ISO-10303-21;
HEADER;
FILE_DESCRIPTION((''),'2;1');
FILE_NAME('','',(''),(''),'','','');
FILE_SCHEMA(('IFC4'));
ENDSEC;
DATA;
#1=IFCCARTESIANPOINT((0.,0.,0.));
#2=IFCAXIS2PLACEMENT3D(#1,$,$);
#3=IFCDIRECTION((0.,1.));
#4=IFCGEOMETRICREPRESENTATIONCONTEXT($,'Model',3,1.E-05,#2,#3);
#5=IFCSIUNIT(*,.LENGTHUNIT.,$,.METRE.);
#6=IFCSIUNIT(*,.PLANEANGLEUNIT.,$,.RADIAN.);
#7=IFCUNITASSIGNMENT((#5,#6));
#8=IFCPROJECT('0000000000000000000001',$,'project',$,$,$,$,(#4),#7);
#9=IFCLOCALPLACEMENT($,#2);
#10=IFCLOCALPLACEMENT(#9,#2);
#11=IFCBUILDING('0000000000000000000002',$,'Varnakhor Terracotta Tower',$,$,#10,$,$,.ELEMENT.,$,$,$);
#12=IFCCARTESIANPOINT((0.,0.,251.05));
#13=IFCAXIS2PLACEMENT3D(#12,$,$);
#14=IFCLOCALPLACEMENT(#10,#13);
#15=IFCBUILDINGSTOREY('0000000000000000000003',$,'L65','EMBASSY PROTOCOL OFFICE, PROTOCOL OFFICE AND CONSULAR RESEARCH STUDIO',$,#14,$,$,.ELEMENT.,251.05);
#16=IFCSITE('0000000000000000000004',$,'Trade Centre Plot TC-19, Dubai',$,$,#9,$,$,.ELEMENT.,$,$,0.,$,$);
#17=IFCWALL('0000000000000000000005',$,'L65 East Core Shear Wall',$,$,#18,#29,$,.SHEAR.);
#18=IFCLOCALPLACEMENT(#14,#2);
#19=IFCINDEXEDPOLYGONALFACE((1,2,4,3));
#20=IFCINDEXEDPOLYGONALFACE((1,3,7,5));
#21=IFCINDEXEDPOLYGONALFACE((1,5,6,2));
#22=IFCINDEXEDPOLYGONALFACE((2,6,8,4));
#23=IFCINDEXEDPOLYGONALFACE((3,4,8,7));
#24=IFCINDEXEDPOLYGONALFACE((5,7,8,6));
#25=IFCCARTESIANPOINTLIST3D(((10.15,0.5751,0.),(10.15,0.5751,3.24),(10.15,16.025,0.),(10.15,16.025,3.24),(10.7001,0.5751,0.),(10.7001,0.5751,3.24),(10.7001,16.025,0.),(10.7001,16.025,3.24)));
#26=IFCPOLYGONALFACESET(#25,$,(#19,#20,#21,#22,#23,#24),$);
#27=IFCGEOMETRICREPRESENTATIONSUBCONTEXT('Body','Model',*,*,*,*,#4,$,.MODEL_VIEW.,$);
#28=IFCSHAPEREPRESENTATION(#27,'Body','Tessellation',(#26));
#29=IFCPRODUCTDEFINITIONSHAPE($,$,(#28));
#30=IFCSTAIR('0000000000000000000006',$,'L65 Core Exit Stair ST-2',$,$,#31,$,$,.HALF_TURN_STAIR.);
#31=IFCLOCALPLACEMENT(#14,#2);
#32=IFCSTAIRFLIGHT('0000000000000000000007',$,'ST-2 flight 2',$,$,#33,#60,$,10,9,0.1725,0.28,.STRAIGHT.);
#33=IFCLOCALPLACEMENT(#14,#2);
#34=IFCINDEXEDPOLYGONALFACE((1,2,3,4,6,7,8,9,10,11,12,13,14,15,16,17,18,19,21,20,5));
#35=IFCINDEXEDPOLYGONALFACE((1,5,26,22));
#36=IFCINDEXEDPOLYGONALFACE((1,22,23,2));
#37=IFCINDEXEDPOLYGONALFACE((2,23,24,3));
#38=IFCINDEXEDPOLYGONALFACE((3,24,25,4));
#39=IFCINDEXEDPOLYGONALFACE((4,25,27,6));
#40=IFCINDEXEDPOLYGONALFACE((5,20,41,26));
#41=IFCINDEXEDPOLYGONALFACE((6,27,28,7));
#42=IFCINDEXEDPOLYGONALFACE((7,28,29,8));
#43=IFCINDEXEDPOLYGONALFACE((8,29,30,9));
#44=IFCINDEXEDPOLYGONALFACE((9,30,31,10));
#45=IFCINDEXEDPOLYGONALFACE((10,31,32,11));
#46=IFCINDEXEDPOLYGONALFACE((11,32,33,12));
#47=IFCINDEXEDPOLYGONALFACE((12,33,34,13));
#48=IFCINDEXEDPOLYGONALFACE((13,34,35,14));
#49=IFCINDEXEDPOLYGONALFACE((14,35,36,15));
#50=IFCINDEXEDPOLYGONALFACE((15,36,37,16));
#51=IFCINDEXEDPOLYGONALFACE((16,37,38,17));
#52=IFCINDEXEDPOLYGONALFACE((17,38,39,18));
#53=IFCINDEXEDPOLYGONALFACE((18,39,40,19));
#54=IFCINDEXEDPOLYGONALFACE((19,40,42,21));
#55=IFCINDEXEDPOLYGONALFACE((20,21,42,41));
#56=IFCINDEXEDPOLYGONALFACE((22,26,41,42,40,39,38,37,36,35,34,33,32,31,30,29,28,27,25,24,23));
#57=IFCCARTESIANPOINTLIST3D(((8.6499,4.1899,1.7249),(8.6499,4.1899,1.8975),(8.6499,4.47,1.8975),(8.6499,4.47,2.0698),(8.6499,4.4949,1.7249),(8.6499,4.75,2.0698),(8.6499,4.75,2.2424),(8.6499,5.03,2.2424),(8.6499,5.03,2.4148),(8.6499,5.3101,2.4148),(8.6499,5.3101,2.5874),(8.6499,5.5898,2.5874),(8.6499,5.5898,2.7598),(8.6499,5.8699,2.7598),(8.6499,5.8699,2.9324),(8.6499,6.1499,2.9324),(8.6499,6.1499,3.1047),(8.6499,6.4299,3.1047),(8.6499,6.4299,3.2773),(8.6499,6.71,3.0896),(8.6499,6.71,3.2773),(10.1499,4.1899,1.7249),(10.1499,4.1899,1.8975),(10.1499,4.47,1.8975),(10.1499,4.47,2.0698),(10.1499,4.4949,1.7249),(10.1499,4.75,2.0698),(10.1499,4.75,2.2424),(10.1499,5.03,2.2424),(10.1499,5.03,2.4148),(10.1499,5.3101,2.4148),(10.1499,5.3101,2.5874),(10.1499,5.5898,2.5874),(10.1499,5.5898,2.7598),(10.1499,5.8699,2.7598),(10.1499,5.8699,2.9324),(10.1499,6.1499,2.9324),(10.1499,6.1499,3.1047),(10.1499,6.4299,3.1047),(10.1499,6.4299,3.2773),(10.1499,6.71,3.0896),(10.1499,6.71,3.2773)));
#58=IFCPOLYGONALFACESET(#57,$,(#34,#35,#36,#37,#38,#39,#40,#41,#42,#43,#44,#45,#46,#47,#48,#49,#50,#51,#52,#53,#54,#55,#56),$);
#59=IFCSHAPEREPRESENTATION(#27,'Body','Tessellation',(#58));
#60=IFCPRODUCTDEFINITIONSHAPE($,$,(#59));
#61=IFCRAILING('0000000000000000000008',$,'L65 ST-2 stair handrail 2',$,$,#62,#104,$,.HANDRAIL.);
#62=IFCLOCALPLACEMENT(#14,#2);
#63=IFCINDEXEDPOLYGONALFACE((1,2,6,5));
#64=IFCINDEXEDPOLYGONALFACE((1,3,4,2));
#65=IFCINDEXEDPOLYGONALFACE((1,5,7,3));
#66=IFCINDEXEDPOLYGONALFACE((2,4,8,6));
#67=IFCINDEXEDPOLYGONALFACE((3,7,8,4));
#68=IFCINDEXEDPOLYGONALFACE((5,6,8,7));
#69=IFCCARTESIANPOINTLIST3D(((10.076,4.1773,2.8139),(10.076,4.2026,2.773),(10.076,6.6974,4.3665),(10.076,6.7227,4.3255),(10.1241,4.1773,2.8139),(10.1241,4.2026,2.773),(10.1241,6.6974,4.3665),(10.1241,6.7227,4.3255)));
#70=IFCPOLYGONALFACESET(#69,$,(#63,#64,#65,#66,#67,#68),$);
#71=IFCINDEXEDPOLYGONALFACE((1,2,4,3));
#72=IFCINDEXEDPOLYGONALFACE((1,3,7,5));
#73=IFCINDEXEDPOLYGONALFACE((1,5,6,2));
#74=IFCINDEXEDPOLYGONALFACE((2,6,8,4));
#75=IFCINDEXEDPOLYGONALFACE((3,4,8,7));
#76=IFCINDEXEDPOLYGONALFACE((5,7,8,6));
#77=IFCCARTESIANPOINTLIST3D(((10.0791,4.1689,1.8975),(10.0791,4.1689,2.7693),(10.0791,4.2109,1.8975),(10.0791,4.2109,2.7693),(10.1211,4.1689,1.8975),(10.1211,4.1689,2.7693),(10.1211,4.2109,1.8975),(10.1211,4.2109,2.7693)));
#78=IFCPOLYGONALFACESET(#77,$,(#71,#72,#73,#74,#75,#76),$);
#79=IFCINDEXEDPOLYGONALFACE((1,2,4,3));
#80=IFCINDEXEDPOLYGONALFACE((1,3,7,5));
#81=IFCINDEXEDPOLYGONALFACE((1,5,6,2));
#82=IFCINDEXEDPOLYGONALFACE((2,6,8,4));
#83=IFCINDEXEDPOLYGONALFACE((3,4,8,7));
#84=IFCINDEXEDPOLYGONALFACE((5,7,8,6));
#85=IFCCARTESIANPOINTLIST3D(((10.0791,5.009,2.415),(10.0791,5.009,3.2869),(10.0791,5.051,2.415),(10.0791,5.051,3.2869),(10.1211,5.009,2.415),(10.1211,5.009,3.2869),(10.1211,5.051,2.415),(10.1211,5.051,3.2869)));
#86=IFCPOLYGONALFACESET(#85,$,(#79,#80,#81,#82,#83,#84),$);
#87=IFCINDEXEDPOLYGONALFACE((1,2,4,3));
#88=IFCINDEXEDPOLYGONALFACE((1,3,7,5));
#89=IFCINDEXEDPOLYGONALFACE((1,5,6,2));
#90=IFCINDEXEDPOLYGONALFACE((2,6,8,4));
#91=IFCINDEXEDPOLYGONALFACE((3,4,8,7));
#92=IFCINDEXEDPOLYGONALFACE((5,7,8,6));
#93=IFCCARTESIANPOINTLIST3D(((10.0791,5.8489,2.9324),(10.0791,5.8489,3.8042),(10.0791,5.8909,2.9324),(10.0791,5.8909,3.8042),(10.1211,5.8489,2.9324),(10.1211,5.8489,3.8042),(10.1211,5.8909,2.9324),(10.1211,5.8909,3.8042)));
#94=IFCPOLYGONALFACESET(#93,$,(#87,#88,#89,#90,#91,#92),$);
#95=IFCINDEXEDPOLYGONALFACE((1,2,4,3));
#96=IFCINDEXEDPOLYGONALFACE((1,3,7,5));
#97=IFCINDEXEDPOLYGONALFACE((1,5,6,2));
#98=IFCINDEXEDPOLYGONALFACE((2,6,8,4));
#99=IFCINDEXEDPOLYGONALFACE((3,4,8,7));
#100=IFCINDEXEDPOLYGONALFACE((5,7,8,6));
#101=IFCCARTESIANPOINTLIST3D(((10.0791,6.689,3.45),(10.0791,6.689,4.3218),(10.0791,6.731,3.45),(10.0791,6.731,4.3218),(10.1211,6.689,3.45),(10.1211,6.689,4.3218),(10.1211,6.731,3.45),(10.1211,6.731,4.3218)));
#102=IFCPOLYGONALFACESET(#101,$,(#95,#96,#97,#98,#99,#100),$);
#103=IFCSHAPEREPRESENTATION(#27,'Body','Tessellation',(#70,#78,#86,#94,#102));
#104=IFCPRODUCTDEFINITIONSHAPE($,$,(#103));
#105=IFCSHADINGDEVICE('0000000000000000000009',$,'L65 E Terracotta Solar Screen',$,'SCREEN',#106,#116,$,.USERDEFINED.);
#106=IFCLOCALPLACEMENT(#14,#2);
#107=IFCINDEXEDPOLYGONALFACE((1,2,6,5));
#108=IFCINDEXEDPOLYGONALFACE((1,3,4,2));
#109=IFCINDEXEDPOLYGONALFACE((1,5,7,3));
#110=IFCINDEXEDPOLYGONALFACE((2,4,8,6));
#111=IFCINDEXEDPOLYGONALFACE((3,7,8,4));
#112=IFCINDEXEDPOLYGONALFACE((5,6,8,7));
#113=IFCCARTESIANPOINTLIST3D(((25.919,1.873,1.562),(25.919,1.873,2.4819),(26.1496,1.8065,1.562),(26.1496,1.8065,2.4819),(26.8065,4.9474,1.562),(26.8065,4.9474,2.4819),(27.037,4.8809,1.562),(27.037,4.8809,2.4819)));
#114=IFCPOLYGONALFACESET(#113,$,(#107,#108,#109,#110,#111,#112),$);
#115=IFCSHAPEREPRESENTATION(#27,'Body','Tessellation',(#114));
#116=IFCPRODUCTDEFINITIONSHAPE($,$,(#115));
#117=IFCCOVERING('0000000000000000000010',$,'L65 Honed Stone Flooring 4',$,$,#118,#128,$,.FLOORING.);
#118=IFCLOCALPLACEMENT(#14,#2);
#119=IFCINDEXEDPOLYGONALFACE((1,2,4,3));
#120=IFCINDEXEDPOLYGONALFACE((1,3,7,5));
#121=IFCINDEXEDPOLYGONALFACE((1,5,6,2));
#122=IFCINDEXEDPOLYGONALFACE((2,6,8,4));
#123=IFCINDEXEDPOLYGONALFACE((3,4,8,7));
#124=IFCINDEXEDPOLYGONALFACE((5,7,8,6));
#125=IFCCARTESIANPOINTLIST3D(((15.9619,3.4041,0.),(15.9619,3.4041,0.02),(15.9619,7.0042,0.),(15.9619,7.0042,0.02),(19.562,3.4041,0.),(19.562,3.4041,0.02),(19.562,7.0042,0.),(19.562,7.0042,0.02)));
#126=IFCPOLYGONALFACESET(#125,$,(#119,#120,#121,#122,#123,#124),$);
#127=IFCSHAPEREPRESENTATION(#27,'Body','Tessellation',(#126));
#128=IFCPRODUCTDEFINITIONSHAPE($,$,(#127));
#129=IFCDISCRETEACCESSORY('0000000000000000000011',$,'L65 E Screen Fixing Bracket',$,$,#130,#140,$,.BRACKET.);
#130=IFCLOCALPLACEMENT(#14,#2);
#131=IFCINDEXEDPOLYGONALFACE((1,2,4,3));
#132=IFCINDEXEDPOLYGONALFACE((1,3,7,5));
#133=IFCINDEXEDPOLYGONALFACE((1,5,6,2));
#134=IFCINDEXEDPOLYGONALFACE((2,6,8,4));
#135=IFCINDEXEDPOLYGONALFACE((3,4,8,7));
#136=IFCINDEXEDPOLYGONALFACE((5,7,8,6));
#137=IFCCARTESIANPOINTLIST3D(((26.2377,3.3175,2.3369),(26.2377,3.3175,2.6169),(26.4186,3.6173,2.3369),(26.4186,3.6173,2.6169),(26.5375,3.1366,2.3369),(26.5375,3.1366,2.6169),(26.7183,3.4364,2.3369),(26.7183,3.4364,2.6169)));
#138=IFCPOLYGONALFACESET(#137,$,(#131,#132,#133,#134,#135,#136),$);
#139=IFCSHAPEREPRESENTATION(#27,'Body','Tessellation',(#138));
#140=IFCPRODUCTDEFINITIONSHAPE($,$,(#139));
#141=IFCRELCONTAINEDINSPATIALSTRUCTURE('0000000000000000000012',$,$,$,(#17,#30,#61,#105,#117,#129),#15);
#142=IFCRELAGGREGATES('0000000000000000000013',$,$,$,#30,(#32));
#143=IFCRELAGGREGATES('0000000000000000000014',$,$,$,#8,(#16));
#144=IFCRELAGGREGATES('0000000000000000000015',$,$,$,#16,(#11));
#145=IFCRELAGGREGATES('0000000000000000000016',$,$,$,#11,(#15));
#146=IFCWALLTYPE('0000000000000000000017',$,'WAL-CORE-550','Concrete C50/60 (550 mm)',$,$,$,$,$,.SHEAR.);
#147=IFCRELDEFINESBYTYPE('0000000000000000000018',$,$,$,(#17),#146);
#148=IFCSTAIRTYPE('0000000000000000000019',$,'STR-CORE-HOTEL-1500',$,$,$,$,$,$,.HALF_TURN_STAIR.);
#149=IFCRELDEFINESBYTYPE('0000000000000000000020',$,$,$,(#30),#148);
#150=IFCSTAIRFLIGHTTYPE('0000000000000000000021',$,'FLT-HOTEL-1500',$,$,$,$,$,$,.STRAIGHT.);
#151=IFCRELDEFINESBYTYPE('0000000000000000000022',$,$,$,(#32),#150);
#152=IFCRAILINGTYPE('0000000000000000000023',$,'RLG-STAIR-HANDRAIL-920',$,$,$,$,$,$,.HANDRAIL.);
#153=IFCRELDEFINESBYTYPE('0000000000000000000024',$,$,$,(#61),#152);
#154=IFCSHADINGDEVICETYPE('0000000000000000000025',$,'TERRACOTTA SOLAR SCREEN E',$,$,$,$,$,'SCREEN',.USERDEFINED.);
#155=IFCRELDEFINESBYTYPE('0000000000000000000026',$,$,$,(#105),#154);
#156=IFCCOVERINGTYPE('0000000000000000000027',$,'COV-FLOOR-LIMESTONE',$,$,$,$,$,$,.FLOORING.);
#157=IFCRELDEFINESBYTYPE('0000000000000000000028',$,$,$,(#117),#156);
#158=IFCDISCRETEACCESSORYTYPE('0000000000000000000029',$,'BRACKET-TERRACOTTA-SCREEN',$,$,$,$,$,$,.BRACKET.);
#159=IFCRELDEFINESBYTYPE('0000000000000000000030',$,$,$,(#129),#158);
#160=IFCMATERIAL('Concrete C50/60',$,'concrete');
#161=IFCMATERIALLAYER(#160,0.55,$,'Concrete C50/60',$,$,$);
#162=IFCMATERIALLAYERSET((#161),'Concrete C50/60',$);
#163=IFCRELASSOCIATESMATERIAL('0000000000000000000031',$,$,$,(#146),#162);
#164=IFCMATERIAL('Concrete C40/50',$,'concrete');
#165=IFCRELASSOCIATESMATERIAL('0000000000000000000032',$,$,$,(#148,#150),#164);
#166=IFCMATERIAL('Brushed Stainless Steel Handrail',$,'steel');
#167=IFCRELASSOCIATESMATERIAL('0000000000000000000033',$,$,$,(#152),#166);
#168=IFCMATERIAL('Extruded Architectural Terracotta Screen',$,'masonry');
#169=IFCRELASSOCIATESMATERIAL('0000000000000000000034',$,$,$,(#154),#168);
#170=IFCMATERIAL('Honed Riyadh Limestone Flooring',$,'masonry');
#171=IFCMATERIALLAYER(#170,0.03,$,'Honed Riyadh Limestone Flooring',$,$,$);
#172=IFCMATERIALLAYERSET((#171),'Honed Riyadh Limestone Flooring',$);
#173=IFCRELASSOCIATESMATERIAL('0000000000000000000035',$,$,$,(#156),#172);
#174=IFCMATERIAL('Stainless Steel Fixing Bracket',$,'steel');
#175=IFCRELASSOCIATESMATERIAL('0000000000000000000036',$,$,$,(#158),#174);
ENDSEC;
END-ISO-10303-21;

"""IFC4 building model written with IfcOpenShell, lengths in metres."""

from ifc_helpers import new_model, si_unit, direction, frame, frame_2d, origin, origin_2d, place, context, subcontext, project, spatial, polyline, rectangle, outline, extrude, source, transform, mapped, material, layer, layer_set, type_object, type_shapes, element, aggregate, save


model = new_model("IFC4")

# Units and contexts
model_context = context("Model", 3, precision=1e-05, world=origin(), true_north=direction((0.0, 1.0)))
body_context = subcontext(model_context, "Body", "Model", "MODEL_VIEW")
ifc_project = project(units=[si_unit("LENGTHUNIT", "METRE"), si_unit("PLANEANGLEUNIT", "RADIAN")], contexts=[model_context])

# Site, building, storey
site_placement = place(None, origin())
site = spatial("IfcSite", under=ifc_project, at=site_placement, Name="Trade Centre Plot TC-19, Dubai", CompositionType="ELEMENT", RefElevation=0.0)
building_placement = place(site_placement, origin())
building = spatial("IfcBuilding", under=site, at=building_placement, Name="Varnakhor Terracotta Tower", CompositionType="ELEMENT")
storey_placement = place(building_placement, frame((0.0, 0.0, 251.05)))
storey = spatial("IfcBuildingStorey", under=building, at=storey_placement, Name="L65", Description="EMBASSY PROTOCOL OFFICE, PROTOCOL OFFICE AND CONSULAR RESEARCH STUDIO", CompositionType="ELEMENT", Elevation=251.05)

# Shared definitions
ifc_material_1 = material(Name="Concrete C50/60", Category="concrete")

# Wall
ifc_layer_1 = layer(ifc_material_1, 0.55, Name="Concrete C50/60")
ifc_layer_set_1 = layer_set([ifc_layer_1], Name="Concrete C50/60")
wall_type = type_object("IfcWallType", Name="WAL-CORE-550", Description="Concrete C50/60 (550 mm)", PredefinedType="SHEAR", material=ifc_layer_set_1)
wall_placement = place(storey_placement, frame((10.425, 0.575, 0.0), z_axis=(0.0, 0.0, 1.0), x_axis=(0.0, 1.0, 0.0)))
element("IfcWall", 1, at=wall_placement, inside=storey, type_object=wall_type, Name="L65 East Core Shear Wall", PredefinedType="SHEAR", context=body_context, shape_type="SweptSolid", body=[
    extrude(rectangle(XDim=15.45, YDim=0.55, at=frame_2d((7.7251, 0.0))), origin(), (0.0, 0.0, 1.0), 3.24),
])

# Stair, stair flight
ifc_material_2 = material(Name="Concrete C40/50", Category="concrete")
stair_type = type_object("IfcStairType", Name="STR-CORE-HOTEL-1500", PredefinedType="HALF_TURN_STAIR", material=ifc_material_2)
stair_placement = place(storey_placement, origin())
stair = element("IfcStair", 2, at=stair_placement, inside=storey, type_object=stair_type, Name="L65 Core Exit Stair ST-2", PredefinedType="HALF_TURN_STAIR")
stair_flight_type = type_object("IfcStairFlightType", Name="FLT-HOTEL-1500", PredefinedType="STRAIGHT", material=ifc_material_2)
stair_flight_placement = place(storey_placement, frame((9.3999, 4.1899, 1.7249), z_axis=(0.0, 0.0, 1.0), x_axis=(0.0, 1.0, 0.0)))
stair_flight = element("IfcStairFlight", 3, at=stair_flight_placement, type_object=stair_flight_type, Name="ST-2 flight 2", NumberOfRisers=10, NumberOfTreads=9, PredefinedType="STRAIGHT", RiserHeight=0.1725, TreadLength=0.28, context=body_context, shape_type="SweptSolid", body=[
    extrude(outline(polyline([(0.0, 0.0), (0.0, 0.1726), (0.28, 0.1726), (0.28, 0.345), (0.5601, 0.345), (0.5601, 0.5176), (0.8401, 0.5176), (0.8401, 0.6899), (1.1201, 0.6899), (1.1201, 0.8625), (1.3999, 0.8625), (1.3999, 1.0349), (1.6799, 1.0349), (1.6799, 1.2075), (1.96, 1.2075), (1.96, 1.3799), (2.24, 1.3799), (2.24, 1.5525), (2.52, 1.5525), (2.52, 1.7251), (2.52, 1.3647), (0.3049, 0.0), (0.0, 0.0)])), frame((0.0, 0.75, 0.0), z_axis=(0.0, -1.0, 0.0), x_axis=(1.0, 0.0, 0.0)), (0.0, 0.0, 1.0), 1.5),
])
aggregate(stair, [stair_flight])

# Railing
ifc_material_3 = material(Name="Brushed Stainless Steel Handrail", Category="steel")
railing_type = type_object("IfcRailingType", Name="RLG-STAIR-HANDRAIL-920", PredefinedType="HANDRAIL", material=ifc_material_3)
railing_placement = place(storey_placement, frame((10.1001, 4.1899, 1.8975)))
element("IfcRailing", 4, at=railing_placement, inside=storey, type_object=railing_type, Name="L65 ST-2 stair handrail 2", PredefinedType="HANDRAIL", context=body_context, shape_type="SweptSolid", body=[
    extrude(rectangle(XDim=0.0481, YDim=0.0481, at=origin_2d()), frame((0.0, 0.0, 0.896), z_axis=(0.0, 0.8514, 0.524516), x_axis=(-1.0, 0.0, 0.0)), (0.0, 0.0, 1.0), 2.96),
    extrude(rectangle(XDim=0.042, YDim=0.042, at=origin_2d()), origin(), (0.0, 0.0, 1.0), 0.8718),
    extrude(rectangle(XDim=0.042, YDim=0.042, at=origin_2d()), frame((0.0, 0.8401, 0.5176)), (0.0, 0.0, 1.0), 0.8718),
    extrude(rectangle(XDim=0.042, YDim=0.042, at=origin_2d()), frame((0.0, 1.6799, 1.0349)), (0.0, 0.0, 1.0), 0.8718),
    extrude(rectangle(XDim=0.042, YDim=0.042, at=origin_2d()), frame((0.0, 2.52, 1.5525)), (0.0, 0.0, 1.0), 0.8718),
])

# Shading device
ifc_material_4 = material(Name="Extruded Architectural Terracotta Screen", Category="masonry")
shading_device_type = type_object("IfcShadingDeviceType", Name="TERRACOTTA SOLAR SCREEN E", ElementType="SCREEN", PredefinedType="USERDEFINED", material=ifc_material_4)
shared_shape_1 = source(origin(), body_context, "Body", "SweptSolid", [
    extrude(rectangle(XDim=3.2, YDim=0.24, at=origin_2d()), origin(), (0.0, 0.0, 1.0), 0.9199),
])
type_shapes(shading_device_type, [shared_shape_1])
shading_device_placement = place(storey_placement, frame((26.478, 3.377, 1.562), z_axis=(0.0, 0.0, 1.0), x_axis=(0.277331, 0.960774, 0.0)))
element("IfcShadingDevice", 5, at=shading_device_placement, inside=storey, type_object=shading_device_type, Name="L65 E Terracotta Solar Screen", ObjectType="SCREEN", PredefinedType="USERDEFINED", context=body_context, shape_type="MappedRepresentation", body=[
    mapped(shared_shape_1, transform((0.0, 0.0, 0.0), scale=1.0)),
])

# Covering
ifc_material_5 = material(Name="Honed Riyadh Limestone Flooring", Category="masonry")
ifc_layer_2 = layer(ifc_material_5, 0.03, Name="Honed Riyadh Limestone Flooring")
ifc_layer_set_2 = layer_set([ifc_layer_2], Name="Honed Riyadh Limestone Flooring")
covering_type = type_object("IfcCoveringType", Name="COV-FLOOR-LIMESTONE", PredefinedType="FLOORING", material=ifc_layer_set_2)
shared_shape_2 = source(origin(), body_context, "Body", "SweptSolid", [
    extrude(rectangle(XDim=3.6001, YDim=3.6001, at=origin_2d()), origin(), (0.0, 0.0, 1.0), 0.02),
])
covering_placement = place(storey_placement, frame((17.762, 5.2041, 0.0), z_axis=(0.0, 0.0, 1.0), x_axis=(1.0, 0.0, 0.0)))
element("IfcCovering", 6, at=covering_placement, inside=storey, type_object=covering_type, Name="L65 Honed Stone Flooring 4", PredefinedType="FLOORING", context=body_context, shape_type="MappedRepresentation", body=[
    mapped(shared_shape_2, transform((0.0, 0.0, 0.0), scale=1.0)),
])

# Discrete accessory
ifc_material_6 = material(Name="Stainless Steel Fixing Bracket", Category="steel")
discrete_accessory_type = type_object("IfcDiscreteAccessoryType", Name="BRACKET-TERRACOTTA-SCREEN", PredefinedType="BRACKET", material=ifc_material_6)
shared_shape_3 = source(origin(), body_context, "Body", "SweptSolid", [
    extrude(rectangle(XDim=0.3501, YDim=0.3501, at=origin_2d()), origin(), (0.0, 0.0, 1.0), 0.28),
])
type_shapes(discrete_accessory_type, [shared_shape_3])
discrete_accessory_placement = place(storey_placement, frame((26.478, 3.377, 2.3369), z_axis=(0.0, 0.0, 1.0), x_axis=(0.516548, 0.856258, 0.0)))
element("IfcDiscreteAccessory", 7, at=discrete_accessory_placement, inside=storey, type_object=discrete_accessory_type, Name="L65 E Screen Fixing Bracket", PredefinedType="BRACKET", context=body_context, shape_type="MappedRepresentation", body=[
    mapped(shared_shape_3, transform((0.0, 0.0, 0.0), scale=1.0)),
])

save(model, "model.ifc")
